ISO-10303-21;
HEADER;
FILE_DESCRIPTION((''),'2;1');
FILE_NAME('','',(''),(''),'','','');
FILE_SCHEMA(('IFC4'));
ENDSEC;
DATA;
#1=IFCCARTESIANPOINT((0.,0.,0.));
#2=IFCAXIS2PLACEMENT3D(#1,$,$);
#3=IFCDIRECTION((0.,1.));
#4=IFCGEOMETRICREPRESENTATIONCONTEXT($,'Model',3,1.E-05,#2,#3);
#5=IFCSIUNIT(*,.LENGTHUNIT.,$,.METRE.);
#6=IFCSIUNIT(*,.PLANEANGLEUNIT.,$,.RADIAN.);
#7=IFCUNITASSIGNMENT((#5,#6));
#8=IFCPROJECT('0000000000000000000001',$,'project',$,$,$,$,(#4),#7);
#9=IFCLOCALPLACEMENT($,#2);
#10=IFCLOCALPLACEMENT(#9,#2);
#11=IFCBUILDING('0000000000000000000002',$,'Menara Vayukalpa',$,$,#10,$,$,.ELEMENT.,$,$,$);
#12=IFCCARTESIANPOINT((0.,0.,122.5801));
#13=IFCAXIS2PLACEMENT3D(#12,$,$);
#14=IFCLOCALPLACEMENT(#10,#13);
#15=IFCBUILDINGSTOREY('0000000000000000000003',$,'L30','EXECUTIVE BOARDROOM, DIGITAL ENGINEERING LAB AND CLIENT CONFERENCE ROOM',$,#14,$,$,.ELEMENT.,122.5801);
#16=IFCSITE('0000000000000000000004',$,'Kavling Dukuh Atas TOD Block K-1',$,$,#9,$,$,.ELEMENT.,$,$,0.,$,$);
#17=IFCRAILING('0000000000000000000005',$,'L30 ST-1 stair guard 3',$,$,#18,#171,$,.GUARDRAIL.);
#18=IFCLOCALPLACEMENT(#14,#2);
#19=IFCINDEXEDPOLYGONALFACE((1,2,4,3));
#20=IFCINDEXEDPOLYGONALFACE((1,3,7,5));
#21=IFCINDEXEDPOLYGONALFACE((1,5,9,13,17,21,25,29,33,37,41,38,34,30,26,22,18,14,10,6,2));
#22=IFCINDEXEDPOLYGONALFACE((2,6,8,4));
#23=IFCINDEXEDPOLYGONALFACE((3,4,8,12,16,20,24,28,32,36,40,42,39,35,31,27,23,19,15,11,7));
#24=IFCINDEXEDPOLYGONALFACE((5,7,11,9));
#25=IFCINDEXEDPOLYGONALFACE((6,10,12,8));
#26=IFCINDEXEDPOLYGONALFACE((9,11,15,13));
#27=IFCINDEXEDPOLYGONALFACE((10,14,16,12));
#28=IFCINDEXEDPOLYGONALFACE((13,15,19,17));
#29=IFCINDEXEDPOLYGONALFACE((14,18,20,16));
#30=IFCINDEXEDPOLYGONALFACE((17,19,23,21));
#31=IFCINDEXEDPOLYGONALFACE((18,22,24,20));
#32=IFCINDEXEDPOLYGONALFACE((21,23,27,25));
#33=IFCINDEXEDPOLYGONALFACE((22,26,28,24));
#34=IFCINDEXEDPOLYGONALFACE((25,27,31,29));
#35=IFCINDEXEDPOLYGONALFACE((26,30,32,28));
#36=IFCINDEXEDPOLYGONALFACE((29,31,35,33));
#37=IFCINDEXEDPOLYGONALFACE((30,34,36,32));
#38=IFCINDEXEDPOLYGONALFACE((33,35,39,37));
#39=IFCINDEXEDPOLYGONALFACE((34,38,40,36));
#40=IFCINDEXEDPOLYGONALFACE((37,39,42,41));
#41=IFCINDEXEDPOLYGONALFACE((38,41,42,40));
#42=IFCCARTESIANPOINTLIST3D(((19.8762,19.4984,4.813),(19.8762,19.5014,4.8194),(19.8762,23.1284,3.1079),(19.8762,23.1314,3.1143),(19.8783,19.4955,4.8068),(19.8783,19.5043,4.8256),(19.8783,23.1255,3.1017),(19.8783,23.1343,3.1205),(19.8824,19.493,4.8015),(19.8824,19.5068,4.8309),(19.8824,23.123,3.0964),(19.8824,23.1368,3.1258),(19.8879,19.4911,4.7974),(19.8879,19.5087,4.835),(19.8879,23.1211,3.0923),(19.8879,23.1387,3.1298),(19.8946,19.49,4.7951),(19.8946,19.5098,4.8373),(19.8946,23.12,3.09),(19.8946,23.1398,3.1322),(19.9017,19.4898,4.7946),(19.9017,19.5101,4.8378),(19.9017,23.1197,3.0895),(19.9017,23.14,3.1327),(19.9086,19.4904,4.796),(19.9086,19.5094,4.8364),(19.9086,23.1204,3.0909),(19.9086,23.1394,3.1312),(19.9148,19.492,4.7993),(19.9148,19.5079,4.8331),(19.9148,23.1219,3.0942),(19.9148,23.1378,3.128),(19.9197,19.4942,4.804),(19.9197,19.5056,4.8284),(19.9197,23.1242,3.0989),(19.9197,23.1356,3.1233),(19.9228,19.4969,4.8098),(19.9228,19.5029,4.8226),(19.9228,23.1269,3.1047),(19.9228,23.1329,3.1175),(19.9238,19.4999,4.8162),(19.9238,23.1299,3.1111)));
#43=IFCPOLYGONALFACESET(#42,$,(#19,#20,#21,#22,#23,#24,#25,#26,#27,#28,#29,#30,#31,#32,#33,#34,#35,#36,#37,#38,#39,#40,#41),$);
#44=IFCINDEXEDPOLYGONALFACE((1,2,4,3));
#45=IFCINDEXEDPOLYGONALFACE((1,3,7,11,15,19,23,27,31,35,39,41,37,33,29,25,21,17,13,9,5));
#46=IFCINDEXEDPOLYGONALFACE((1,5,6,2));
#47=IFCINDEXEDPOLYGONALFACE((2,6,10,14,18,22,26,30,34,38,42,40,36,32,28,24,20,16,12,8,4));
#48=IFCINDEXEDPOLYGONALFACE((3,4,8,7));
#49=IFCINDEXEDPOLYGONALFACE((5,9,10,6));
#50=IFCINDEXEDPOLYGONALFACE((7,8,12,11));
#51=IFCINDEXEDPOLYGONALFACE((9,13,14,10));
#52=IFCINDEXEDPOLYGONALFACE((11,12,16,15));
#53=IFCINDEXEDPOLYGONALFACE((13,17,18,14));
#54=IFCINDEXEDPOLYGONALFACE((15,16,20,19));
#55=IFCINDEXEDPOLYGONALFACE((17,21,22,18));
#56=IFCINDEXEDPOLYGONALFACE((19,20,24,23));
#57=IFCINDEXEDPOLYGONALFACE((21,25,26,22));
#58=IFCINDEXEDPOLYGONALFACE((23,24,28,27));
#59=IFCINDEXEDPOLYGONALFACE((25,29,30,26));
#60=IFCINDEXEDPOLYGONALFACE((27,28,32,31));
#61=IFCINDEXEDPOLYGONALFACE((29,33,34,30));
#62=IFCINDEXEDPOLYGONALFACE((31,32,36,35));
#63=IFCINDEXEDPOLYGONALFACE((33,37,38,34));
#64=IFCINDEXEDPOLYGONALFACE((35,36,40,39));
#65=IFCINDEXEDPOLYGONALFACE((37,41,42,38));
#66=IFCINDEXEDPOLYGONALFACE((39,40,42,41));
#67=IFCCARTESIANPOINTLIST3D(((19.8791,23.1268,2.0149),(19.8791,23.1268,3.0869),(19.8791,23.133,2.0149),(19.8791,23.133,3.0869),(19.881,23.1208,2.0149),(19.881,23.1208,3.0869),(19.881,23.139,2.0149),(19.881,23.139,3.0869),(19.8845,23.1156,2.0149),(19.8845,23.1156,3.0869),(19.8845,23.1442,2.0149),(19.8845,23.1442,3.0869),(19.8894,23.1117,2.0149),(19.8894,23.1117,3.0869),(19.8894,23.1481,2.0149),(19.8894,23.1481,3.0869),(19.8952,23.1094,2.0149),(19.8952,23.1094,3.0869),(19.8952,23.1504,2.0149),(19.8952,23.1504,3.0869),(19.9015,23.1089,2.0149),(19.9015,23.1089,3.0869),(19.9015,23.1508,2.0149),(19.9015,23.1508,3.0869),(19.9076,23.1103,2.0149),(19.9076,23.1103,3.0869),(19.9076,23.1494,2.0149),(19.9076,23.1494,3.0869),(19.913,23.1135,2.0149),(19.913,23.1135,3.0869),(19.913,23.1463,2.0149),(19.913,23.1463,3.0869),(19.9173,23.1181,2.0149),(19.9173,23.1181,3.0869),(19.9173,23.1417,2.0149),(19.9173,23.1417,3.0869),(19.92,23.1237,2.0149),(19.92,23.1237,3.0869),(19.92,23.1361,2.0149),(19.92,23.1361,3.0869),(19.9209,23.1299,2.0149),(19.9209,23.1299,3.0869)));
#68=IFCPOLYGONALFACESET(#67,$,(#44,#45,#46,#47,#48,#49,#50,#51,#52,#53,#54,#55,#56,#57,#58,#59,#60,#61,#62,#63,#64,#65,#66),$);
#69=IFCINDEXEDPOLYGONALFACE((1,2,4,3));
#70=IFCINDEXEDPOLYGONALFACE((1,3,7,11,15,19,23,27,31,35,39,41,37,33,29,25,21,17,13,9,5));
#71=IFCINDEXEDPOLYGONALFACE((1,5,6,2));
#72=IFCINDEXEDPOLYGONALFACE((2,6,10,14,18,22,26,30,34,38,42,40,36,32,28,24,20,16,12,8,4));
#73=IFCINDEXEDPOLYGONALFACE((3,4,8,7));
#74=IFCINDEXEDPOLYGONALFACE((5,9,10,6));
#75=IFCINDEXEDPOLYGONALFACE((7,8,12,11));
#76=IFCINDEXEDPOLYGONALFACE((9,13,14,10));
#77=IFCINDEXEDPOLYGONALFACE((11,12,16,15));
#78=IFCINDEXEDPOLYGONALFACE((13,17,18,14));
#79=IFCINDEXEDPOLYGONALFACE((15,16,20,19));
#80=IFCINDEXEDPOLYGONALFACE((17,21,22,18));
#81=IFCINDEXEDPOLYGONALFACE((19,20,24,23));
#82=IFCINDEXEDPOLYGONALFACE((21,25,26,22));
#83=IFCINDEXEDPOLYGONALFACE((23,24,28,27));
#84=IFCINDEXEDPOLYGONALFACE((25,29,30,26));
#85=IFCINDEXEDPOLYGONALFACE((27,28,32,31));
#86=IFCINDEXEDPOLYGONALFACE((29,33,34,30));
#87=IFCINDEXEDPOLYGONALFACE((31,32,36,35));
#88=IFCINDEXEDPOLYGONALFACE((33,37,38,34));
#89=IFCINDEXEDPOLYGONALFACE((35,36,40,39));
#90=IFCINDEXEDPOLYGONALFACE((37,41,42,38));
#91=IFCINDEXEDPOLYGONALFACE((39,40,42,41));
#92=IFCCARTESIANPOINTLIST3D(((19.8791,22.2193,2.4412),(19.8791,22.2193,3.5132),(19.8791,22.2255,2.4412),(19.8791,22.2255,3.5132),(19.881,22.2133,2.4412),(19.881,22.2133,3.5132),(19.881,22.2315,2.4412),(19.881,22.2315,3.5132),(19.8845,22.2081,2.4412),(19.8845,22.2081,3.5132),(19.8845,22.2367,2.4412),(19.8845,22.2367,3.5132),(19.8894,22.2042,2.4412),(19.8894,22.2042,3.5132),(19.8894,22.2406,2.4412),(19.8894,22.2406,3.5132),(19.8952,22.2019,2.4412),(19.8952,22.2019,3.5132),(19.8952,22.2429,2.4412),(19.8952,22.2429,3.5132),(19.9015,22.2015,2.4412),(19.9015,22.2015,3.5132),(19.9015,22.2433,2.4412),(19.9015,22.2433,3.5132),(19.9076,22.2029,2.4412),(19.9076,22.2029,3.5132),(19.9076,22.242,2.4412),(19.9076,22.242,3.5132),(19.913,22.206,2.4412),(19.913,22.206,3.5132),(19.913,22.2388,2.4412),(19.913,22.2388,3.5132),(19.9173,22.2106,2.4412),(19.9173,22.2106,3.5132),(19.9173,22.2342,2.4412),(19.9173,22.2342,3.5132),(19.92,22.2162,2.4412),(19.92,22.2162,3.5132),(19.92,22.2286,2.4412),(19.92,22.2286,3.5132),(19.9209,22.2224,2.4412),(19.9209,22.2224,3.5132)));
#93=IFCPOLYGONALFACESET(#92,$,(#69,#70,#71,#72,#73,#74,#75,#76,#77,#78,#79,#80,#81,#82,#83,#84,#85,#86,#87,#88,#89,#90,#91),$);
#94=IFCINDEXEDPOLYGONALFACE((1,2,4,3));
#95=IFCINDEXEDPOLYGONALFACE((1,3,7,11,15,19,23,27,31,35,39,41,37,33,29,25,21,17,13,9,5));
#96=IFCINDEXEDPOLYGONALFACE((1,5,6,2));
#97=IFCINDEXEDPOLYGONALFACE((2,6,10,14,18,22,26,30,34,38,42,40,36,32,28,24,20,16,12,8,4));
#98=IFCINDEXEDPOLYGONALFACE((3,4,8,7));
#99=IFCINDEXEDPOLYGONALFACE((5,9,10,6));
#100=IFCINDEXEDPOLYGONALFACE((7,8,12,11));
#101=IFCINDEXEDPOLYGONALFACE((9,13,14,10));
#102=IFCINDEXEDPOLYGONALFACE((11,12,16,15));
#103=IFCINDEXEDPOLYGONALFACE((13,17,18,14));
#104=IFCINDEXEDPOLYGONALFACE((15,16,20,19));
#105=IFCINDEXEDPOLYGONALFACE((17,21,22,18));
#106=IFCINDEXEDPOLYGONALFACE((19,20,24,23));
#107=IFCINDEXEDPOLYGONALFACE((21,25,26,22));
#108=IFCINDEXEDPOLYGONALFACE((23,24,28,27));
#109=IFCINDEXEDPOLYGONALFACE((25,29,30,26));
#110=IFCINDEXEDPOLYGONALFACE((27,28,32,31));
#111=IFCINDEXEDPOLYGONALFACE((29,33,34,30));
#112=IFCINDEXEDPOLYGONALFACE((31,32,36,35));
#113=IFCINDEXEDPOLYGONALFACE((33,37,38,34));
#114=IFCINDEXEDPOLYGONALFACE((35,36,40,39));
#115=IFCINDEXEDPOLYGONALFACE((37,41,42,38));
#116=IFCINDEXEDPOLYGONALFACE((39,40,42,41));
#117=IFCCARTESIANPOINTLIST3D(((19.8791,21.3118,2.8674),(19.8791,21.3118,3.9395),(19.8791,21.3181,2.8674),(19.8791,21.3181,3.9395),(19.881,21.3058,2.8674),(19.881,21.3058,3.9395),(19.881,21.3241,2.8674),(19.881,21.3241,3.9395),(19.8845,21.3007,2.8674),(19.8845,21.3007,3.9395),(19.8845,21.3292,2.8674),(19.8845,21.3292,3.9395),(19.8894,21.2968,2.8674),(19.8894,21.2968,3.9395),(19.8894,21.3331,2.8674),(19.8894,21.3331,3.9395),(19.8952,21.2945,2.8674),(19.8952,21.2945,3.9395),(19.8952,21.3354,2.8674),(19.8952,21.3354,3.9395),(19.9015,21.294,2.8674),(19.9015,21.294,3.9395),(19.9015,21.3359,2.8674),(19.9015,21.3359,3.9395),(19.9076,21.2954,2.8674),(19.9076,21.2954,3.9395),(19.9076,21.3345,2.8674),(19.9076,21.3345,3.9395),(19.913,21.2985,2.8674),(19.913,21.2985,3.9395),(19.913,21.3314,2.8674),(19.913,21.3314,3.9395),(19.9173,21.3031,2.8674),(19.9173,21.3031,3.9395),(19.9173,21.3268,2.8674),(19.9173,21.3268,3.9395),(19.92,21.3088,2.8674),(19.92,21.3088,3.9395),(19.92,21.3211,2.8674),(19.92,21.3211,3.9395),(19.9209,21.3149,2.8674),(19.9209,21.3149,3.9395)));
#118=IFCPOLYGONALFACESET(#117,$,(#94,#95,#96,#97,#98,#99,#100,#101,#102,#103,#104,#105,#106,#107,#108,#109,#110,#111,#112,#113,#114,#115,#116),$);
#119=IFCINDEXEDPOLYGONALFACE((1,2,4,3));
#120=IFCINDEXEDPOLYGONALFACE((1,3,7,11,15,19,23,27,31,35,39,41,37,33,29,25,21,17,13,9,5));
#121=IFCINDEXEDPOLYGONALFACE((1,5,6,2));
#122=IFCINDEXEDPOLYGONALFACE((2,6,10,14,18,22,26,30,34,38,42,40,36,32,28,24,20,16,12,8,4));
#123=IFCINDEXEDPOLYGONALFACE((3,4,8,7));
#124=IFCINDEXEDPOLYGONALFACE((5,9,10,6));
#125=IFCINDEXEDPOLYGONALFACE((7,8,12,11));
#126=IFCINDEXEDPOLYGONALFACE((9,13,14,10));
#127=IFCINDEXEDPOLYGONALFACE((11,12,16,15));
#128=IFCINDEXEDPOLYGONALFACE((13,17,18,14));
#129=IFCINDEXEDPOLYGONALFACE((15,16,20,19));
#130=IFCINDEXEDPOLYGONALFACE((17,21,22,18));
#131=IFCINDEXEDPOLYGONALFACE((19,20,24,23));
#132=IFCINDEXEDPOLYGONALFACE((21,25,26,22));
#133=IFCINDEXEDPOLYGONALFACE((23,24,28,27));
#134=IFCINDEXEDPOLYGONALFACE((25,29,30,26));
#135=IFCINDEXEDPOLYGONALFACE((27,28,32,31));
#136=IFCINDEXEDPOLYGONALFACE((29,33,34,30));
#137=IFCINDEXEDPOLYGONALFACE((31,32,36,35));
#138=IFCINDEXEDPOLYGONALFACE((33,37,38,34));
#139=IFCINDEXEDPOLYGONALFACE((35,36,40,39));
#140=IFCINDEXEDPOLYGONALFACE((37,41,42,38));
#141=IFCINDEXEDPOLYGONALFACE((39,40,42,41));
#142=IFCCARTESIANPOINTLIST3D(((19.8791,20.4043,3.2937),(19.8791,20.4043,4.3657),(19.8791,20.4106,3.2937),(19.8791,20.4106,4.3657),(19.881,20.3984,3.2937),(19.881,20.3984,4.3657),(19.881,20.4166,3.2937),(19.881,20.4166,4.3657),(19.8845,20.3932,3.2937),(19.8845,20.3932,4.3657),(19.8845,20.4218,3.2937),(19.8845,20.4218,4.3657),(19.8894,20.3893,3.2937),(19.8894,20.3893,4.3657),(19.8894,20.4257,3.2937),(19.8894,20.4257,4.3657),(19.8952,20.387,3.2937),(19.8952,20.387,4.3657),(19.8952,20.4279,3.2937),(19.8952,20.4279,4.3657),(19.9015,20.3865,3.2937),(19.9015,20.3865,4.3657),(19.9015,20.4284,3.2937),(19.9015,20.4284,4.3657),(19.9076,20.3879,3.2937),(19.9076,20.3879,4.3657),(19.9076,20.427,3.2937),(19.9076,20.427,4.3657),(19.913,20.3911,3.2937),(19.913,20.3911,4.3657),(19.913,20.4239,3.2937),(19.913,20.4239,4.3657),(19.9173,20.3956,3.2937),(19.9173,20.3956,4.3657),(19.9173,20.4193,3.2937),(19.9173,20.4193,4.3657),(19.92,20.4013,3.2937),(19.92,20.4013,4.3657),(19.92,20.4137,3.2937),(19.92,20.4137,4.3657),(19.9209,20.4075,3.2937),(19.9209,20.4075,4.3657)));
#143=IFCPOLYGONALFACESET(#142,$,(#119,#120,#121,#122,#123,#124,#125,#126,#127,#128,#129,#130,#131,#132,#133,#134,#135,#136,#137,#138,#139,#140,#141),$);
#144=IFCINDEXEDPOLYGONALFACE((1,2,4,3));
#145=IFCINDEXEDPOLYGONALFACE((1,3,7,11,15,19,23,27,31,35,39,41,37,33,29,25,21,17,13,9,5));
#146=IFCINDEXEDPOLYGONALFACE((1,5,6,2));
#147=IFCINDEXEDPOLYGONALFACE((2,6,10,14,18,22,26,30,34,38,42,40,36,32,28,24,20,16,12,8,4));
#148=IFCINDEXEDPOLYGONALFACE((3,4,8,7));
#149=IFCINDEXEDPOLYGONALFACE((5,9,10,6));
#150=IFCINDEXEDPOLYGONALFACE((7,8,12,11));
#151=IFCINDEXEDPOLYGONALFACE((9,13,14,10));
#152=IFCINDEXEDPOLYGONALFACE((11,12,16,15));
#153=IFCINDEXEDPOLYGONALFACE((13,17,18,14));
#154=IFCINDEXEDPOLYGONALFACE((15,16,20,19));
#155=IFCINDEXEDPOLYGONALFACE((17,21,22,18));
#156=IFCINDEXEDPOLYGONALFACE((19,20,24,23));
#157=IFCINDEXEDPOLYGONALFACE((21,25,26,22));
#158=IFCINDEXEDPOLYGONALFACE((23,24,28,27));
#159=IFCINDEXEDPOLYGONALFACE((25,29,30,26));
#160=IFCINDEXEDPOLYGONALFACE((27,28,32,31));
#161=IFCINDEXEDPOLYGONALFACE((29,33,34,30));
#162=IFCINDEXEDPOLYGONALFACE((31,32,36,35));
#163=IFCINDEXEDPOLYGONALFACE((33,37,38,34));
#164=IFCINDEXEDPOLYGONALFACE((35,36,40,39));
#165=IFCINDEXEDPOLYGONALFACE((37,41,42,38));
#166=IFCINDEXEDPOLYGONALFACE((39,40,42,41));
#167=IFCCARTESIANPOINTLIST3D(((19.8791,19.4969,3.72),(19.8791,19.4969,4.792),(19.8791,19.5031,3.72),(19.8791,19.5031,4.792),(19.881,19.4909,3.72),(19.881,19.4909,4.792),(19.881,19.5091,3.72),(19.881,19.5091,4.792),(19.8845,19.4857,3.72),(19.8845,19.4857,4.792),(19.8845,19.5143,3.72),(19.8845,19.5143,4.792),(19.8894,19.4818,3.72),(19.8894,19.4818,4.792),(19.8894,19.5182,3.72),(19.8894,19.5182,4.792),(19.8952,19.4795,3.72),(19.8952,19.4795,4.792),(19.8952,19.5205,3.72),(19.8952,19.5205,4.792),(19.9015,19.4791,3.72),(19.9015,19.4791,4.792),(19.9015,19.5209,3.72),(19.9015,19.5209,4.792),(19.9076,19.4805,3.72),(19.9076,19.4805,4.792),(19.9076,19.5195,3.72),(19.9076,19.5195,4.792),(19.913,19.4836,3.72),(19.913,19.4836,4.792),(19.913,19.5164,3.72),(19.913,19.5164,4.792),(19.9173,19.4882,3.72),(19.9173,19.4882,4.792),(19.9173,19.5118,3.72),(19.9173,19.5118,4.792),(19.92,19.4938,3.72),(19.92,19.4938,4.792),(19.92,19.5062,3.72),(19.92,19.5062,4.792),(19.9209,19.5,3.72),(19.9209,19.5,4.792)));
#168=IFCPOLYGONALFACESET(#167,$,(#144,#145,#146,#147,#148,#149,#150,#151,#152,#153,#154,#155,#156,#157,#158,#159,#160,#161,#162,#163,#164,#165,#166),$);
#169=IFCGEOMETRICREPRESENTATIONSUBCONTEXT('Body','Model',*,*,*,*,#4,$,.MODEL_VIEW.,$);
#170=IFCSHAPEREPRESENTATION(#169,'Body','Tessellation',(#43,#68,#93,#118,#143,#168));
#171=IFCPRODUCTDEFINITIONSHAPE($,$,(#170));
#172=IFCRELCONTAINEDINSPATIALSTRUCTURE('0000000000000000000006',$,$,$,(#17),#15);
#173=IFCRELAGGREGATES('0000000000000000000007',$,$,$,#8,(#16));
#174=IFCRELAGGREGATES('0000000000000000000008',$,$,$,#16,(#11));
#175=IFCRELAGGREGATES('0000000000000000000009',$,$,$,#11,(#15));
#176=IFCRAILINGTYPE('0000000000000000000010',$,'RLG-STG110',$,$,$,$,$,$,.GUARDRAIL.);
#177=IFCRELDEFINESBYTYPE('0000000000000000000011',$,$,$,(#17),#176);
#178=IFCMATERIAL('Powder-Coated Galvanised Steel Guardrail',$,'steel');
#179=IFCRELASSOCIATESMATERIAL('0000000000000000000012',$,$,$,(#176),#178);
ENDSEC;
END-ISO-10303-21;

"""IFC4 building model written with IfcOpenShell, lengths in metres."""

from ifc_helpers import new_model, si_unit, direction, frame, origin, origin_2d, place, context, subcontext, project, spatial, circle, extrude, material, type_object, element, save


model = new_model("IFC4")

# Units and contexts
model_context = context("Model", 3, precision=1e-05, world=origin(), true_north=direction((0.0, 1.0)))
body_context = subcontext(model_context, "Body", "Model", "MODEL_VIEW")
ifc_project = project(units=[si_unit("LENGTHUNIT", "METRE"), si_unit("PLANEANGLEUNIT", "RADIAN")], contexts=[model_context])

# Site, building, storey
site_placement = place(None, origin())
site = spatial("IfcSite", under=ifc_project, at=site_placement, Name="Kavling Dukuh Atas TOD Block K-1", CompositionType="ELEMENT", RefElevation=0.0)
building_placement = place(site_placement, origin())
building = spatial("IfcBuilding", under=site, at=building_placement, Name="Menara Vayukalpa", CompositionType="ELEMENT")
storey_placement = place(building_placement, frame((0.0, 0.0, 122.5801)))
storey = spatial("IfcBuildingStorey", under=building, at=storey_placement, Name="L30", Description="EXECUTIVE BOARDROOM, DIGITAL ENGINEERING LAB AND CLIENT CONFERENCE ROOM", CompositionType="ELEMENT", Elevation=122.5801)

# Railing
ifc_material_1 = material(Name="Powder-Coated Galvanised Steel Guardrail", Category="steel")
railing_type_1 = type_object("IfcRailingType", Name="RLG-STG110", PredefinedType="GUARDRAIL", material=ifc_material_1)
railing_1_placement = place(storey_placement, frame((19.8999, 23.1299, 2.0149)))
element("IfcRailing", 1, at=railing_1_placement, inside=storey, type_object=railing_type_1, Name="L30 ST-1 stair guard 3", PredefinedType="GUARDRAIL", context=body_context, shape_type="SweptSolid", body=[
    extrude(circle(Radius=0.0239, at=origin_2d()), frame((0.0, 0.0, 1.0962), z_axis=(0.0, -0.905116, 0.425164), x_axis=(1.0, 0.0, 0.0)), (0.0, 0.0, 1.0), 4.0105),
    extrude(circle(Radius=0.021, at=origin_2d()), origin(), (0.0, 0.0, 1.0), 1.072),
    extrude(circle(Radius=0.021, at=origin_2d()), frame((0.0, -0.9075, 0.4263)), (0.0, 0.0, 1.0), 1.072),
    extrude(circle(Radius=0.021, at=origin_2d()), frame((0.0, -1.8149, 0.8525)), (0.0, 0.0, 1.0), 1.072),
    extrude(circle(Radius=0.021, at=origin_2d()), frame((0.0, -2.7224, 1.2788)), (0.0, 0.0, 1.0), 1.072),
    extrude(circle(Radius=0.021, at=origin_2d()), frame((0.0, -3.6299, 1.7051)), (0.0, 0.0, 1.0), 1.072),
])

save(model, "model.ifc")
